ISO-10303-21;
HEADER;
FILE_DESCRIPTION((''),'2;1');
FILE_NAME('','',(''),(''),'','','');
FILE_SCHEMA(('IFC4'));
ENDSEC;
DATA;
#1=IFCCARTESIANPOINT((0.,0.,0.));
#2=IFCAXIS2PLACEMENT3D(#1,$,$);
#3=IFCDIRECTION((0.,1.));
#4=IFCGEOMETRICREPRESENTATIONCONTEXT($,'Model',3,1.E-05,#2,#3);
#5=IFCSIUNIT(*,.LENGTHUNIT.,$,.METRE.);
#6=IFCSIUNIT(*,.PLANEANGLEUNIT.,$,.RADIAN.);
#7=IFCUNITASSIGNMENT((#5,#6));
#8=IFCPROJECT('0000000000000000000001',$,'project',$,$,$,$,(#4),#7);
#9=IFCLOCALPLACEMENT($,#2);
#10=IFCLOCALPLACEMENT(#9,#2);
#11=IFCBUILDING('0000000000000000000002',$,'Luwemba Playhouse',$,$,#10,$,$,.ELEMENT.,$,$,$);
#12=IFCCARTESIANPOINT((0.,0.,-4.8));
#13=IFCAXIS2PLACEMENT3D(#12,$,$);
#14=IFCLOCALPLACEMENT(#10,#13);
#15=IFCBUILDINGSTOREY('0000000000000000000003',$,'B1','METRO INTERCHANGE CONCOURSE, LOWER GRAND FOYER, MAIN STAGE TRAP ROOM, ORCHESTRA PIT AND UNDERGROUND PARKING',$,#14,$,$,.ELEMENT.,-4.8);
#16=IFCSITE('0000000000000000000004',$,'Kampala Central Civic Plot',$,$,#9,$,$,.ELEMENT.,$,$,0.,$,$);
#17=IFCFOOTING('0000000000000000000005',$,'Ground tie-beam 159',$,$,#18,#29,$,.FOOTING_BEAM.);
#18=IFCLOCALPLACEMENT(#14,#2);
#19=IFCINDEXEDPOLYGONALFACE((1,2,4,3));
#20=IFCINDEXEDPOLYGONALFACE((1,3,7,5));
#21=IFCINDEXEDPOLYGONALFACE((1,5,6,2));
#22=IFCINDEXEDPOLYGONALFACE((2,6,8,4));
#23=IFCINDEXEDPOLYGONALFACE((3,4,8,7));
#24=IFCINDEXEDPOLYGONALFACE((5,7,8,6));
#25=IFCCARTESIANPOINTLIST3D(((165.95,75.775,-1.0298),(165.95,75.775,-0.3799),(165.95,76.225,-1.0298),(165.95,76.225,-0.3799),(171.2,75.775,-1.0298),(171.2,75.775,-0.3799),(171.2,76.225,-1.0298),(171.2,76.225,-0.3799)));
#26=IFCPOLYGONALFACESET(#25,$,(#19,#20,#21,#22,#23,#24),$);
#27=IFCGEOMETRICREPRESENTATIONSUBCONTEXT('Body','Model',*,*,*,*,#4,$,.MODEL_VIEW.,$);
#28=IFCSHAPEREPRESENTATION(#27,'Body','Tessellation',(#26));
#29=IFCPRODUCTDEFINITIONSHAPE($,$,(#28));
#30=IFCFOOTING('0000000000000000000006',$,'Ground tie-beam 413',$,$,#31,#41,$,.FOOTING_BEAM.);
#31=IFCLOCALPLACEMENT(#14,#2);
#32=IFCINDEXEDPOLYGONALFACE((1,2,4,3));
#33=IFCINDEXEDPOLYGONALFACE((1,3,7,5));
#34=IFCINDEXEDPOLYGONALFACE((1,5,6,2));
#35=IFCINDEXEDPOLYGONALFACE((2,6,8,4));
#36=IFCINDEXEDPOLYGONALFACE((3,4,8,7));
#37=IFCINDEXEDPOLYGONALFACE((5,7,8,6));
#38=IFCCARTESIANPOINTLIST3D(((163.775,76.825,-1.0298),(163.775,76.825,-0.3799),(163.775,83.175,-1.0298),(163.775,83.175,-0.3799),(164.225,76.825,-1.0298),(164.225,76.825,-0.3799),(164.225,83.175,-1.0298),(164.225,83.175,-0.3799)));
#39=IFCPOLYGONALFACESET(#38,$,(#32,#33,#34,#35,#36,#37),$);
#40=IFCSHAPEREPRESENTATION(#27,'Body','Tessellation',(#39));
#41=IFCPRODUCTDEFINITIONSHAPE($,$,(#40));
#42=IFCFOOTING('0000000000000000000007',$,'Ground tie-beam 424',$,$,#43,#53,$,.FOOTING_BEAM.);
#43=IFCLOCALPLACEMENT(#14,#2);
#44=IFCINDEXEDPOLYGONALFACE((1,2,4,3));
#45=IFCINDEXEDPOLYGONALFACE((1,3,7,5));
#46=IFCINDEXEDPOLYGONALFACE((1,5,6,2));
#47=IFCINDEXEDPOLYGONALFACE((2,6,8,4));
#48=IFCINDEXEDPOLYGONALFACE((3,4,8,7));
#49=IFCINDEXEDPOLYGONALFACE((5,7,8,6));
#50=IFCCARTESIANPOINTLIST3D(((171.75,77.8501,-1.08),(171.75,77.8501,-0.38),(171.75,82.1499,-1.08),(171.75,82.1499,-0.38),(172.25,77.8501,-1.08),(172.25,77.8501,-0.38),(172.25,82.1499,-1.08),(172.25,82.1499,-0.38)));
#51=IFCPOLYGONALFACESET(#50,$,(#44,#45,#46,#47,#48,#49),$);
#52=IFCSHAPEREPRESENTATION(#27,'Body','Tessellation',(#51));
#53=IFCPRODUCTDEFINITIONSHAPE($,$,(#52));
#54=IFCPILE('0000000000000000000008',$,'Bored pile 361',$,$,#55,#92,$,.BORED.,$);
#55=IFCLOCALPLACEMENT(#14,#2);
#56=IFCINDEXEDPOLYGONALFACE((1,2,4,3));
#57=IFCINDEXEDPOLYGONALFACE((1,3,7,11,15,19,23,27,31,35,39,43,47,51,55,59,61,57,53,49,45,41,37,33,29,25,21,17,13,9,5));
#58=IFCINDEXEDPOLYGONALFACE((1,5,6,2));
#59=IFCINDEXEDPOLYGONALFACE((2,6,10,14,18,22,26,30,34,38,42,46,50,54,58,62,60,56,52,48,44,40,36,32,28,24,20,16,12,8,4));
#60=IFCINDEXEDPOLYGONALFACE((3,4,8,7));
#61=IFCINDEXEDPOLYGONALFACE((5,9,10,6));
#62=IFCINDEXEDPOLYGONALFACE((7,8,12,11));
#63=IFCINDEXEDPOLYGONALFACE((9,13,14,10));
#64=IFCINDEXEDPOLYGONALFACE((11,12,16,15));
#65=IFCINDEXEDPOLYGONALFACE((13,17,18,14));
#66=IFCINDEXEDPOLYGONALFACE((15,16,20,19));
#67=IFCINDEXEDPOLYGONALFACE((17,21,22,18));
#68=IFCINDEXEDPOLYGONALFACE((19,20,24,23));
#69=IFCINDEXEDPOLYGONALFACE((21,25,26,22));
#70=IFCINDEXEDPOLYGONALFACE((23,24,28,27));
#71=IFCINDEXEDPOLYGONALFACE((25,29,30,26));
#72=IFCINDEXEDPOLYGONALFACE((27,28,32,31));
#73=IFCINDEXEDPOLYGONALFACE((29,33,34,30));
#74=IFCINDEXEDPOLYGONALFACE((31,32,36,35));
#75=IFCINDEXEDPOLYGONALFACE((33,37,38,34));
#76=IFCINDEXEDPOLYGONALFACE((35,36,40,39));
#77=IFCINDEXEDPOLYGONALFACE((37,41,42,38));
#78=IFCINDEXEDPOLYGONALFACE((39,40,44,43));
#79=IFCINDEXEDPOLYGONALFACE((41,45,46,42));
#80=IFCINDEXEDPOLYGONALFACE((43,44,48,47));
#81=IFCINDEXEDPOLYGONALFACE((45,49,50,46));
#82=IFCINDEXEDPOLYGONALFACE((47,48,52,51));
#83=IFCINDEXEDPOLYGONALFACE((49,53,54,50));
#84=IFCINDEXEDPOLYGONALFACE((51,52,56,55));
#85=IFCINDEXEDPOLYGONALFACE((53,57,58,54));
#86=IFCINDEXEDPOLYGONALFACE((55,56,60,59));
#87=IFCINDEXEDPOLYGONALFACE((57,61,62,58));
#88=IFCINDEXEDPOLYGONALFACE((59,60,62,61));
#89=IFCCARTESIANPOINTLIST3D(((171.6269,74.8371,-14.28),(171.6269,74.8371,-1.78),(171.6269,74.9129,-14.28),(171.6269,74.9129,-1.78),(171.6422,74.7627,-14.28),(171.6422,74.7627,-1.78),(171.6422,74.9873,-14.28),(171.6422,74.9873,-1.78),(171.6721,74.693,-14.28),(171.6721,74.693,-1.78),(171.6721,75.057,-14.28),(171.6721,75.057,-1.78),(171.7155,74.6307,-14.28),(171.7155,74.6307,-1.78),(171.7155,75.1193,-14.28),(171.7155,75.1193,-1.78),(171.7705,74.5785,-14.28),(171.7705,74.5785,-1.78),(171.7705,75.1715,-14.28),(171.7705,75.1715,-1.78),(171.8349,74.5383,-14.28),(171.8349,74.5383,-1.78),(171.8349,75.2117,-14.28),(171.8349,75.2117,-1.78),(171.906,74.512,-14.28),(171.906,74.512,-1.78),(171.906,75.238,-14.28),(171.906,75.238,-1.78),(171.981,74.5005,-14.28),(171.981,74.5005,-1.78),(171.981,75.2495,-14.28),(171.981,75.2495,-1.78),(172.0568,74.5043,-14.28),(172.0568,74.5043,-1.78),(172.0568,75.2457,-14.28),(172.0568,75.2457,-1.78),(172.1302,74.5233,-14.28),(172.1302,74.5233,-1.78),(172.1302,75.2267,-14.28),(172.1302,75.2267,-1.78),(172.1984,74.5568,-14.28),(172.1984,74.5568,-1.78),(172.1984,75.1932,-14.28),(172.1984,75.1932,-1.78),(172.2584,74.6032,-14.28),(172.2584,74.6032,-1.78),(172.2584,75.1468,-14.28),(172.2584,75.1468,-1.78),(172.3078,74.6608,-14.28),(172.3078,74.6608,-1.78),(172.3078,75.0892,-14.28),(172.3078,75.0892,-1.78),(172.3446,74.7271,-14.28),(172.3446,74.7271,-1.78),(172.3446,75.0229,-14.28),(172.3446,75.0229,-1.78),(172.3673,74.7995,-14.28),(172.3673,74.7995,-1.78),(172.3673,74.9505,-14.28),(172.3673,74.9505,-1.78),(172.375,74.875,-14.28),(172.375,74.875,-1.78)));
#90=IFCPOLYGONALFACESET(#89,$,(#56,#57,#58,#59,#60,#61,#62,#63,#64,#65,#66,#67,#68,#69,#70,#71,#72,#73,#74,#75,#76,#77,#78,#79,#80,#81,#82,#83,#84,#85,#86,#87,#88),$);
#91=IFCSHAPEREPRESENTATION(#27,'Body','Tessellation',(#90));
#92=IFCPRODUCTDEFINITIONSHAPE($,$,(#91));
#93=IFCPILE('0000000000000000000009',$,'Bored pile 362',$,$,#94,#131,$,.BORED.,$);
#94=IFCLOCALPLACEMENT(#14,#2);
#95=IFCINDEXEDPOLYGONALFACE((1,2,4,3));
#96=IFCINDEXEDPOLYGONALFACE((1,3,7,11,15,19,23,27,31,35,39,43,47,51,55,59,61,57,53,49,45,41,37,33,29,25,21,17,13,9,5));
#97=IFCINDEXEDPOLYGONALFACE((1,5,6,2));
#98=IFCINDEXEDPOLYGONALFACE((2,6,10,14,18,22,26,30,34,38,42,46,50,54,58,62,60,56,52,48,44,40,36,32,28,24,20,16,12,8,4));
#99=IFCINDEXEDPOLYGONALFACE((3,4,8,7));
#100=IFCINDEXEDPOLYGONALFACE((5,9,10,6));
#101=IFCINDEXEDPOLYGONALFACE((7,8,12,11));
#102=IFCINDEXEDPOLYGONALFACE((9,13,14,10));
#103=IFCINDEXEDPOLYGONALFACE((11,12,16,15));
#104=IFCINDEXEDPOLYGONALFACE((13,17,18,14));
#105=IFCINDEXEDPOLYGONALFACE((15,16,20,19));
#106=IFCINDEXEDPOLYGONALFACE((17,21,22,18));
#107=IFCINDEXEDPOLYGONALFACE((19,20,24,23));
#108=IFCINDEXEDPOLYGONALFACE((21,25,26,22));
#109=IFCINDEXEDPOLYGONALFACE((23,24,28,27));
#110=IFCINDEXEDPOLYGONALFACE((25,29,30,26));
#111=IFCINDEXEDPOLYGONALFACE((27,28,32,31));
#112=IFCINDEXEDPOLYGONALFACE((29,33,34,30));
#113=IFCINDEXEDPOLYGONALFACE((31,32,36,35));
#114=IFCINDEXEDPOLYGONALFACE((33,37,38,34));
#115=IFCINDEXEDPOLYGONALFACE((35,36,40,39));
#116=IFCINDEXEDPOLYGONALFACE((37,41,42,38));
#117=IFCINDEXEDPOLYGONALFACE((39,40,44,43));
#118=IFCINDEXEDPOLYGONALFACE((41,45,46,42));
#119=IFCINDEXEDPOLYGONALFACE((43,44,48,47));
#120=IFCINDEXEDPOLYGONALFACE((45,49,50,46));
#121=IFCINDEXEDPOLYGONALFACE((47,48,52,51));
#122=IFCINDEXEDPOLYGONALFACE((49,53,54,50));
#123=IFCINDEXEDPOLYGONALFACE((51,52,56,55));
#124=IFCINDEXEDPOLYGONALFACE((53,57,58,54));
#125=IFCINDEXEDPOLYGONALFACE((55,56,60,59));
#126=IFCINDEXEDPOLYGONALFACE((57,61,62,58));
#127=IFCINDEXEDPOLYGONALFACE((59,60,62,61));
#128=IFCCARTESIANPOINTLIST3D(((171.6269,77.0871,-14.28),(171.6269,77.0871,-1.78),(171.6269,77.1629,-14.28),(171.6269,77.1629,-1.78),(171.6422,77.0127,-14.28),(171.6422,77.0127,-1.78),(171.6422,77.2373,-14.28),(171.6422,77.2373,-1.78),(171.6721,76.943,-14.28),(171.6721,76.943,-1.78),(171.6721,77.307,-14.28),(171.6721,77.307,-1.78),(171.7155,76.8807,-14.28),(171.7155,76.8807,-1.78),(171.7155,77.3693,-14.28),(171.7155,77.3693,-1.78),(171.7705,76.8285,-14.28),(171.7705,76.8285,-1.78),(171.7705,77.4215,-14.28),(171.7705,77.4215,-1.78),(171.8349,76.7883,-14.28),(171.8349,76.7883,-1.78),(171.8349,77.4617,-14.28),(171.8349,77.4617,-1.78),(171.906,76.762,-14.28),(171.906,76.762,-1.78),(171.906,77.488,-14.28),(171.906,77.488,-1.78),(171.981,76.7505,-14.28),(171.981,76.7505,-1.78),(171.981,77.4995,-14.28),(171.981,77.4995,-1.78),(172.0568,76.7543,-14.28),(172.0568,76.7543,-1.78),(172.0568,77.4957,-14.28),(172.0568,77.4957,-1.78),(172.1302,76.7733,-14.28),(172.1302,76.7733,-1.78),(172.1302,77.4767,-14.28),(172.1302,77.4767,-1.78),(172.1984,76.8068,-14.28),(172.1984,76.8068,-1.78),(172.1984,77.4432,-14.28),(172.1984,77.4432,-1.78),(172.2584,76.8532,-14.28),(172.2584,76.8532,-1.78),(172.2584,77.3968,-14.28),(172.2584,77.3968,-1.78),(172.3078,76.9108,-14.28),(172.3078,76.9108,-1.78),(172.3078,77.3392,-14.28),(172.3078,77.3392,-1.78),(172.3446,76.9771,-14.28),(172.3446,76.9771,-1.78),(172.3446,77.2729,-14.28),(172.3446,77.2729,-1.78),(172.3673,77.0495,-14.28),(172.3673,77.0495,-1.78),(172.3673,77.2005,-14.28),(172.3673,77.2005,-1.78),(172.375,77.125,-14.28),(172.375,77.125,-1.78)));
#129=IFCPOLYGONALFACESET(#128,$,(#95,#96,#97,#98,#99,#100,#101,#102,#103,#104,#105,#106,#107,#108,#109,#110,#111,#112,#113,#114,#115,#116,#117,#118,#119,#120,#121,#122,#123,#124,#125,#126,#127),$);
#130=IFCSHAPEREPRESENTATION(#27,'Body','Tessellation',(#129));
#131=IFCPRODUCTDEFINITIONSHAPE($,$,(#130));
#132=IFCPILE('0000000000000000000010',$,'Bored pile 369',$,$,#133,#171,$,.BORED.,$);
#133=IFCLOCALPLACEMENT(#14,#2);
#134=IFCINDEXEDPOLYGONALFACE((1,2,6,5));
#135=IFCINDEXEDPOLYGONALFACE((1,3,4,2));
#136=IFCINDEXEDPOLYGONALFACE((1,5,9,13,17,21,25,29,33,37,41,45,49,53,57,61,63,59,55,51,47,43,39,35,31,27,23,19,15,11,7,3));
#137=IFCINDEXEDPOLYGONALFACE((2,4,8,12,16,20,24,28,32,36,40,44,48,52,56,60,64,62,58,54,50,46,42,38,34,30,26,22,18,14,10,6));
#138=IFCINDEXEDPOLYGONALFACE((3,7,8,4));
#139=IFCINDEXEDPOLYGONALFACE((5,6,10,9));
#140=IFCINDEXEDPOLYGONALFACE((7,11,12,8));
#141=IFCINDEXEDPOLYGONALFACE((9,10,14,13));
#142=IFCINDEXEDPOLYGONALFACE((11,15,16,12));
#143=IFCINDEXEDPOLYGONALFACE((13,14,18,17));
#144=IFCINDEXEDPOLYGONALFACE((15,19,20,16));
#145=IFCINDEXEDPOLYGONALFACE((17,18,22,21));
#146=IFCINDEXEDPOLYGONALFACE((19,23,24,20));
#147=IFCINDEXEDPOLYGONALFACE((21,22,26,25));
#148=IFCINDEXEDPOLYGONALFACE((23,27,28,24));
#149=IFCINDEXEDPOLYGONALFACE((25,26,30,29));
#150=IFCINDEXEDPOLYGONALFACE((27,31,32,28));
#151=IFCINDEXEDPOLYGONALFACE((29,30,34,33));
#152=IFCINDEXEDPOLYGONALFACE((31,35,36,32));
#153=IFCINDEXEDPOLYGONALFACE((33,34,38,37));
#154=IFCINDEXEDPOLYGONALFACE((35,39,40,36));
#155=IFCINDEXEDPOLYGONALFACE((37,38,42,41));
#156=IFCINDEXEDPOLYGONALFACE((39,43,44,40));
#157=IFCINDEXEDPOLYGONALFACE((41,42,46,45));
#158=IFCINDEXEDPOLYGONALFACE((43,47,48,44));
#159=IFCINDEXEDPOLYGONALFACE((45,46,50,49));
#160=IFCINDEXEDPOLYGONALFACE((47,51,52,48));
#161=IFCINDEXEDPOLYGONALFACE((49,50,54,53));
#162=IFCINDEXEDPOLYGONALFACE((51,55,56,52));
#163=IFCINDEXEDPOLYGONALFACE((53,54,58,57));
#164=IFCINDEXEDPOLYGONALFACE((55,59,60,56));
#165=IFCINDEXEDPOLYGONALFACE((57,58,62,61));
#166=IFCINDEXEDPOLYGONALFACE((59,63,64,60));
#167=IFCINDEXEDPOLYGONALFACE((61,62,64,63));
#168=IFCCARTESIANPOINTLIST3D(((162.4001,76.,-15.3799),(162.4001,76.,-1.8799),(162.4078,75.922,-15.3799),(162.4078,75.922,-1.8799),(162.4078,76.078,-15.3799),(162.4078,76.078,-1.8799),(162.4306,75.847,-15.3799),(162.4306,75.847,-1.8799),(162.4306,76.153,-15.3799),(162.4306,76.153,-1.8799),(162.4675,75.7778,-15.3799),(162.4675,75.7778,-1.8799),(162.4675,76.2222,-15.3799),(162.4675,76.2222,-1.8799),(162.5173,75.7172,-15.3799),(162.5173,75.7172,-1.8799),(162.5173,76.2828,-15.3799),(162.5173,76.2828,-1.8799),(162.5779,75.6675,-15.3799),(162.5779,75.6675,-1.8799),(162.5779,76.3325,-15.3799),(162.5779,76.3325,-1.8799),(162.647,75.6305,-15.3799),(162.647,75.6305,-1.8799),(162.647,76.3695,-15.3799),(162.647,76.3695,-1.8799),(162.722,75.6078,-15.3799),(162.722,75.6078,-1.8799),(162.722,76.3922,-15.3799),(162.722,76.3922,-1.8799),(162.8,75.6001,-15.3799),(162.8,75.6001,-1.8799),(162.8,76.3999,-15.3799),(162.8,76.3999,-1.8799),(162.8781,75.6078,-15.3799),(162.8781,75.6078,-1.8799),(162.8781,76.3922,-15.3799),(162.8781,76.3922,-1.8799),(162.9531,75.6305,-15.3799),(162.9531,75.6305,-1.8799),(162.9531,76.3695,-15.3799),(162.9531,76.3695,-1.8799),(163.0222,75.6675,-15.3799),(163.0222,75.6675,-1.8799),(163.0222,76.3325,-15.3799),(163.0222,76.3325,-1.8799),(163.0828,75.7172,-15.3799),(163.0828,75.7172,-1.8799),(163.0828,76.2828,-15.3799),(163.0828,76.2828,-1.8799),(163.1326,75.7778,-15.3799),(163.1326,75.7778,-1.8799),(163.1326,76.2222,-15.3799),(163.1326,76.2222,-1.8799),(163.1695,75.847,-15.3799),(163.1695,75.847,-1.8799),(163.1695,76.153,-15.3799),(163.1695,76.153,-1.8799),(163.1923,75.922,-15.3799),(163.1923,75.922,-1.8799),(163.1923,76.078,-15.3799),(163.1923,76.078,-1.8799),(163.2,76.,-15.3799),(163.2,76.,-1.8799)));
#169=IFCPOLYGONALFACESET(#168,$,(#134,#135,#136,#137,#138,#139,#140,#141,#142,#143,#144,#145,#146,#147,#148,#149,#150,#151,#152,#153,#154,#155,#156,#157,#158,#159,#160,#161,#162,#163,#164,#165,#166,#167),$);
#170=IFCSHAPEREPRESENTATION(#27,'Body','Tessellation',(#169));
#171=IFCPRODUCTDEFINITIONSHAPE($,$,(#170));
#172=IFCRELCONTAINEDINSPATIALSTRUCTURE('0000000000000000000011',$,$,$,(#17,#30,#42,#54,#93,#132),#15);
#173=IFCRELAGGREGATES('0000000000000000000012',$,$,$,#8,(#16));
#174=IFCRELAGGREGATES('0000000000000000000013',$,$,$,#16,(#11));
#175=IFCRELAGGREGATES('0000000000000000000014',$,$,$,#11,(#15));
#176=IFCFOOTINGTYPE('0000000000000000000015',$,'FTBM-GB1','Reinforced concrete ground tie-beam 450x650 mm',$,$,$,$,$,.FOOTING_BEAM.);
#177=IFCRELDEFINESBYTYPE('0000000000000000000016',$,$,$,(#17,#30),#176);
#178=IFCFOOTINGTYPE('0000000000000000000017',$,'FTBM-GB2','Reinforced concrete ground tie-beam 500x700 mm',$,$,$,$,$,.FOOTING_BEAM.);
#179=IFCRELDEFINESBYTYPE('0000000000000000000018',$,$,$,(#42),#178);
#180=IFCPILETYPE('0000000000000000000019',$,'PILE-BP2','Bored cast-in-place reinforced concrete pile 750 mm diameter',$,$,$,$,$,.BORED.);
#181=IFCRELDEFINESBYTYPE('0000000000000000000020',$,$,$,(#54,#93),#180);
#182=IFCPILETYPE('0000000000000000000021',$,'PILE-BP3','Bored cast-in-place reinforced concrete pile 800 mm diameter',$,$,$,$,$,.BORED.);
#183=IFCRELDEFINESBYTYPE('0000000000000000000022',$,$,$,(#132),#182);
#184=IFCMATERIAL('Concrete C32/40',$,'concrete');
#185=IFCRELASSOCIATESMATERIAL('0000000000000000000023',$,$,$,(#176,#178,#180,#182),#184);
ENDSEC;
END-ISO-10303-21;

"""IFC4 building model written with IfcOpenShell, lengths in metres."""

from ifc_helpers import new_model, si_unit, direction, frame, origin, origin_2d, place, context, subcontext, project, spatial, rectangle, circle, extrude, material, material_profile, profile_set, type_object, element, save


model = new_model("IFC4")

# Units and contexts
model_context = context("Model", 3, precision=1e-05, world=origin(), true_north=direction((0.0, 1.0)))
body_context = subcontext(model_context, "Body", "Model", "MODEL_VIEW")
ifc_project = project(units=[si_unit("LENGTHUNIT", "METRE"), si_unit("PLANEANGLEUNIT", "RADIAN")], contexts=[model_context])

# Site, building, storey
site_placement = place(None, origin())
site = spatial("IfcSite", under=ifc_project, at=site_placement, Name="Kampala Central Civic Plot", CompositionType="ELEMENT", RefElevation=0.0)
building_placement = place(site_placement, origin())
building = spatial("IfcBuilding", under=site, at=building_placement, Name="Luwemba Playhouse", CompositionType="ELEMENT")
storey_placement = place(building_placement, frame((0.0, 0.0, -4.8)))
storey = spatial("IfcBuildingStorey", under=building, at=storey_placement, Name="B1", Description="METRO INTERCHANGE CONCOURSE, LOWER GRAND FOYER, MAIN STAGE TRAP ROOM, ORCHESTRA PIT AND UNDERGROUND PARKING", CompositionType="ELEMENT", Elevation=-4.8)

# Footings
ifc_material_1 = material(Name="Concrete C32/40", Category="concrete")
ifc_material_profile_1 = material_profile(ifc_material_1, rectangle(XDim=0.45, YDim=0.6499, at=origin_2d()))
ifc_profile_set_1 = profile_set([ifc_material_profile_1], Name="Concrete C32/40")
footing_type_1 = type_object("IfcFootingType", Name="FTBM-GB1", Description="Reinforced concrete ground tie-beam 450x650 mm", PredefinedType="FOOTING_BEAM", material=ifc_profile_set_1)
footing_1_placement = place(storey_placement, frame((165.95, 76.0, -0.7048), z_axis=(1.0, 0.0, 0.0), x_axis=(0.0, 1.0, 0.0)))
element("IfcFooting", 1, at=footing_1_placement, inside=storey, type_object=footing_type_1, Name="Ground tie-beam 159", PredefinedType="FOOTING_BEAM", context=body_context, shape_type="SweptSolid", body=[
    extrude(rectangle(XDim=0.45, YDim=0.6499, at=origin_2d()), origin(), (0.0, 0.0, 1.0), 5.25),
])
footing_2_placement = place(storey_placement, frame((164.0, 76.825, -0.7048), z_axis=(0.0, 1.0, 0.0), x_axis=(-1.0, 0.0, 0.0)))
element("IfcFooting", 2, at=footing_2_placement, inside=storey, type_object=footing_type_1, Name="Ground tie-beam 413", PredefinedType="FOOTING_BEAM", context=body_context, shape_type="SweptSolid", body=[
    extrude(rectangle(XDim=0.45, YDim=0.6499, at=origin_2d()), origin(), (0.0, 0.0, 1.0), 6.3501),
])
ifc_material_profile_2 = material_profile(ifc_material_1, rectangle(XDim=0.5, YDim=0.7, at=origin_2d()))
ifc_profile_set_2 = profile_set([ifc_material_profile_2], Name="Concrete C32/40")
footing_type_2 = type_object("IfcFootingType", Name="FTBM-GB2", Description="Reinforced concrete ground tie-beam 500x700 mm", PredefinedType="FOOTING_BEAM", material=ifc_profile_set_2)
footing_3_placement = place(storey_placement, frame((172.0, 77.8501, -0.73), z_axis=(0.0, 1.0, 0.0), x_axis=(-1.0, 0.0, 0.0)))
element("IfcFooting", 3, at=footing_3_placement, inside=storey, type_object=footing_type_2, Name="Ground tie-beam 424", PredefinedType="FOOTING_BEAM", context=body_context, shape_type="SweptSolid", body=[
    extrude(rectangle(XDim=0.5, YDim=0.7, at=origin_2d()), origin(), (0.0, 0.0, 1.0), 4.2998),
])

# Piles
ifc_material_profile_3 = material_profile(ifc_material_1, circle(Radius=0.375, at=origin_2d()))
ifc_profile_set_3 = profile_set([ifc_material_profile_3], Name="Concrete C32/40")
pile_type_1 = type_object("IfcPileType", Name="PILE-BP2", Description="Bored cast-in-place reinforced concrete pile 750 mm diameter", PredefinedType="BORED", material=ifc_profile_set_3)
for number, where, z_axis, x_axis, name in (
    (4, (172.0, 74.875, -1.78), (0.0, 0.0, -1.0), (1.0, 0.0, 0.0), "Bored pile 361"),
    (5, (172.0, 77.125, -1.78), (0.0, 0.0, -1.0), (1.0, 0.0, 0.0), "Bored pile 362"),
):
    element("IfcPile", number, at=place(storey_placement, frame(where, z_axis=z_axis, x_axis=x_axis)), inside=storey, type_object=pile_type_1, Name=name, PredefinedType="BORED", context=body_context, shape_type="SweptSolid", body=[
        extrude(circle(Radius=0.375, at=origin_2d()), origin(), (0.0, 0.0, 1.0), 12.5),
    ])
ifc_material_profile_4 = material_profile(ifc_material_1, circle(Radius=0.3999, at=origin_2d()))
ifc_profile_set_4 = profile_set([ifc_material_profile_4], Name="Concrete C32/40")
pile_type_2 = type_object("IfcPileType", Name="PILE-BP3", Description="Bored cast-in-place reinforced concrete pile 800 mm diameter", PredefinedType="BORED", material=ifc_profile_set_4)
for number, where, z_axis, x_axis, name in (
    (6, (162.8, 76.0, -1.8799), (0.0, 0.0, -1.0), (1.0, 0.0, 0.0), "Bored pile 369"),
):
    element("IfcPile", number, at=place(storey_placement, frame(where, z_axis=z_axis, x_axis=x_axis)), inside=storey, type_object=pile_type_2, Name=name, PredefinedType="BORED", context=body_context, shape_type="SweptSolid", body=[
        extrude(circle(Radius=0.3999, at=origin_2d()), origin(), (0.0, 0.0, 1.0), 13.5),
    ])

save(model, "model.ifc")
